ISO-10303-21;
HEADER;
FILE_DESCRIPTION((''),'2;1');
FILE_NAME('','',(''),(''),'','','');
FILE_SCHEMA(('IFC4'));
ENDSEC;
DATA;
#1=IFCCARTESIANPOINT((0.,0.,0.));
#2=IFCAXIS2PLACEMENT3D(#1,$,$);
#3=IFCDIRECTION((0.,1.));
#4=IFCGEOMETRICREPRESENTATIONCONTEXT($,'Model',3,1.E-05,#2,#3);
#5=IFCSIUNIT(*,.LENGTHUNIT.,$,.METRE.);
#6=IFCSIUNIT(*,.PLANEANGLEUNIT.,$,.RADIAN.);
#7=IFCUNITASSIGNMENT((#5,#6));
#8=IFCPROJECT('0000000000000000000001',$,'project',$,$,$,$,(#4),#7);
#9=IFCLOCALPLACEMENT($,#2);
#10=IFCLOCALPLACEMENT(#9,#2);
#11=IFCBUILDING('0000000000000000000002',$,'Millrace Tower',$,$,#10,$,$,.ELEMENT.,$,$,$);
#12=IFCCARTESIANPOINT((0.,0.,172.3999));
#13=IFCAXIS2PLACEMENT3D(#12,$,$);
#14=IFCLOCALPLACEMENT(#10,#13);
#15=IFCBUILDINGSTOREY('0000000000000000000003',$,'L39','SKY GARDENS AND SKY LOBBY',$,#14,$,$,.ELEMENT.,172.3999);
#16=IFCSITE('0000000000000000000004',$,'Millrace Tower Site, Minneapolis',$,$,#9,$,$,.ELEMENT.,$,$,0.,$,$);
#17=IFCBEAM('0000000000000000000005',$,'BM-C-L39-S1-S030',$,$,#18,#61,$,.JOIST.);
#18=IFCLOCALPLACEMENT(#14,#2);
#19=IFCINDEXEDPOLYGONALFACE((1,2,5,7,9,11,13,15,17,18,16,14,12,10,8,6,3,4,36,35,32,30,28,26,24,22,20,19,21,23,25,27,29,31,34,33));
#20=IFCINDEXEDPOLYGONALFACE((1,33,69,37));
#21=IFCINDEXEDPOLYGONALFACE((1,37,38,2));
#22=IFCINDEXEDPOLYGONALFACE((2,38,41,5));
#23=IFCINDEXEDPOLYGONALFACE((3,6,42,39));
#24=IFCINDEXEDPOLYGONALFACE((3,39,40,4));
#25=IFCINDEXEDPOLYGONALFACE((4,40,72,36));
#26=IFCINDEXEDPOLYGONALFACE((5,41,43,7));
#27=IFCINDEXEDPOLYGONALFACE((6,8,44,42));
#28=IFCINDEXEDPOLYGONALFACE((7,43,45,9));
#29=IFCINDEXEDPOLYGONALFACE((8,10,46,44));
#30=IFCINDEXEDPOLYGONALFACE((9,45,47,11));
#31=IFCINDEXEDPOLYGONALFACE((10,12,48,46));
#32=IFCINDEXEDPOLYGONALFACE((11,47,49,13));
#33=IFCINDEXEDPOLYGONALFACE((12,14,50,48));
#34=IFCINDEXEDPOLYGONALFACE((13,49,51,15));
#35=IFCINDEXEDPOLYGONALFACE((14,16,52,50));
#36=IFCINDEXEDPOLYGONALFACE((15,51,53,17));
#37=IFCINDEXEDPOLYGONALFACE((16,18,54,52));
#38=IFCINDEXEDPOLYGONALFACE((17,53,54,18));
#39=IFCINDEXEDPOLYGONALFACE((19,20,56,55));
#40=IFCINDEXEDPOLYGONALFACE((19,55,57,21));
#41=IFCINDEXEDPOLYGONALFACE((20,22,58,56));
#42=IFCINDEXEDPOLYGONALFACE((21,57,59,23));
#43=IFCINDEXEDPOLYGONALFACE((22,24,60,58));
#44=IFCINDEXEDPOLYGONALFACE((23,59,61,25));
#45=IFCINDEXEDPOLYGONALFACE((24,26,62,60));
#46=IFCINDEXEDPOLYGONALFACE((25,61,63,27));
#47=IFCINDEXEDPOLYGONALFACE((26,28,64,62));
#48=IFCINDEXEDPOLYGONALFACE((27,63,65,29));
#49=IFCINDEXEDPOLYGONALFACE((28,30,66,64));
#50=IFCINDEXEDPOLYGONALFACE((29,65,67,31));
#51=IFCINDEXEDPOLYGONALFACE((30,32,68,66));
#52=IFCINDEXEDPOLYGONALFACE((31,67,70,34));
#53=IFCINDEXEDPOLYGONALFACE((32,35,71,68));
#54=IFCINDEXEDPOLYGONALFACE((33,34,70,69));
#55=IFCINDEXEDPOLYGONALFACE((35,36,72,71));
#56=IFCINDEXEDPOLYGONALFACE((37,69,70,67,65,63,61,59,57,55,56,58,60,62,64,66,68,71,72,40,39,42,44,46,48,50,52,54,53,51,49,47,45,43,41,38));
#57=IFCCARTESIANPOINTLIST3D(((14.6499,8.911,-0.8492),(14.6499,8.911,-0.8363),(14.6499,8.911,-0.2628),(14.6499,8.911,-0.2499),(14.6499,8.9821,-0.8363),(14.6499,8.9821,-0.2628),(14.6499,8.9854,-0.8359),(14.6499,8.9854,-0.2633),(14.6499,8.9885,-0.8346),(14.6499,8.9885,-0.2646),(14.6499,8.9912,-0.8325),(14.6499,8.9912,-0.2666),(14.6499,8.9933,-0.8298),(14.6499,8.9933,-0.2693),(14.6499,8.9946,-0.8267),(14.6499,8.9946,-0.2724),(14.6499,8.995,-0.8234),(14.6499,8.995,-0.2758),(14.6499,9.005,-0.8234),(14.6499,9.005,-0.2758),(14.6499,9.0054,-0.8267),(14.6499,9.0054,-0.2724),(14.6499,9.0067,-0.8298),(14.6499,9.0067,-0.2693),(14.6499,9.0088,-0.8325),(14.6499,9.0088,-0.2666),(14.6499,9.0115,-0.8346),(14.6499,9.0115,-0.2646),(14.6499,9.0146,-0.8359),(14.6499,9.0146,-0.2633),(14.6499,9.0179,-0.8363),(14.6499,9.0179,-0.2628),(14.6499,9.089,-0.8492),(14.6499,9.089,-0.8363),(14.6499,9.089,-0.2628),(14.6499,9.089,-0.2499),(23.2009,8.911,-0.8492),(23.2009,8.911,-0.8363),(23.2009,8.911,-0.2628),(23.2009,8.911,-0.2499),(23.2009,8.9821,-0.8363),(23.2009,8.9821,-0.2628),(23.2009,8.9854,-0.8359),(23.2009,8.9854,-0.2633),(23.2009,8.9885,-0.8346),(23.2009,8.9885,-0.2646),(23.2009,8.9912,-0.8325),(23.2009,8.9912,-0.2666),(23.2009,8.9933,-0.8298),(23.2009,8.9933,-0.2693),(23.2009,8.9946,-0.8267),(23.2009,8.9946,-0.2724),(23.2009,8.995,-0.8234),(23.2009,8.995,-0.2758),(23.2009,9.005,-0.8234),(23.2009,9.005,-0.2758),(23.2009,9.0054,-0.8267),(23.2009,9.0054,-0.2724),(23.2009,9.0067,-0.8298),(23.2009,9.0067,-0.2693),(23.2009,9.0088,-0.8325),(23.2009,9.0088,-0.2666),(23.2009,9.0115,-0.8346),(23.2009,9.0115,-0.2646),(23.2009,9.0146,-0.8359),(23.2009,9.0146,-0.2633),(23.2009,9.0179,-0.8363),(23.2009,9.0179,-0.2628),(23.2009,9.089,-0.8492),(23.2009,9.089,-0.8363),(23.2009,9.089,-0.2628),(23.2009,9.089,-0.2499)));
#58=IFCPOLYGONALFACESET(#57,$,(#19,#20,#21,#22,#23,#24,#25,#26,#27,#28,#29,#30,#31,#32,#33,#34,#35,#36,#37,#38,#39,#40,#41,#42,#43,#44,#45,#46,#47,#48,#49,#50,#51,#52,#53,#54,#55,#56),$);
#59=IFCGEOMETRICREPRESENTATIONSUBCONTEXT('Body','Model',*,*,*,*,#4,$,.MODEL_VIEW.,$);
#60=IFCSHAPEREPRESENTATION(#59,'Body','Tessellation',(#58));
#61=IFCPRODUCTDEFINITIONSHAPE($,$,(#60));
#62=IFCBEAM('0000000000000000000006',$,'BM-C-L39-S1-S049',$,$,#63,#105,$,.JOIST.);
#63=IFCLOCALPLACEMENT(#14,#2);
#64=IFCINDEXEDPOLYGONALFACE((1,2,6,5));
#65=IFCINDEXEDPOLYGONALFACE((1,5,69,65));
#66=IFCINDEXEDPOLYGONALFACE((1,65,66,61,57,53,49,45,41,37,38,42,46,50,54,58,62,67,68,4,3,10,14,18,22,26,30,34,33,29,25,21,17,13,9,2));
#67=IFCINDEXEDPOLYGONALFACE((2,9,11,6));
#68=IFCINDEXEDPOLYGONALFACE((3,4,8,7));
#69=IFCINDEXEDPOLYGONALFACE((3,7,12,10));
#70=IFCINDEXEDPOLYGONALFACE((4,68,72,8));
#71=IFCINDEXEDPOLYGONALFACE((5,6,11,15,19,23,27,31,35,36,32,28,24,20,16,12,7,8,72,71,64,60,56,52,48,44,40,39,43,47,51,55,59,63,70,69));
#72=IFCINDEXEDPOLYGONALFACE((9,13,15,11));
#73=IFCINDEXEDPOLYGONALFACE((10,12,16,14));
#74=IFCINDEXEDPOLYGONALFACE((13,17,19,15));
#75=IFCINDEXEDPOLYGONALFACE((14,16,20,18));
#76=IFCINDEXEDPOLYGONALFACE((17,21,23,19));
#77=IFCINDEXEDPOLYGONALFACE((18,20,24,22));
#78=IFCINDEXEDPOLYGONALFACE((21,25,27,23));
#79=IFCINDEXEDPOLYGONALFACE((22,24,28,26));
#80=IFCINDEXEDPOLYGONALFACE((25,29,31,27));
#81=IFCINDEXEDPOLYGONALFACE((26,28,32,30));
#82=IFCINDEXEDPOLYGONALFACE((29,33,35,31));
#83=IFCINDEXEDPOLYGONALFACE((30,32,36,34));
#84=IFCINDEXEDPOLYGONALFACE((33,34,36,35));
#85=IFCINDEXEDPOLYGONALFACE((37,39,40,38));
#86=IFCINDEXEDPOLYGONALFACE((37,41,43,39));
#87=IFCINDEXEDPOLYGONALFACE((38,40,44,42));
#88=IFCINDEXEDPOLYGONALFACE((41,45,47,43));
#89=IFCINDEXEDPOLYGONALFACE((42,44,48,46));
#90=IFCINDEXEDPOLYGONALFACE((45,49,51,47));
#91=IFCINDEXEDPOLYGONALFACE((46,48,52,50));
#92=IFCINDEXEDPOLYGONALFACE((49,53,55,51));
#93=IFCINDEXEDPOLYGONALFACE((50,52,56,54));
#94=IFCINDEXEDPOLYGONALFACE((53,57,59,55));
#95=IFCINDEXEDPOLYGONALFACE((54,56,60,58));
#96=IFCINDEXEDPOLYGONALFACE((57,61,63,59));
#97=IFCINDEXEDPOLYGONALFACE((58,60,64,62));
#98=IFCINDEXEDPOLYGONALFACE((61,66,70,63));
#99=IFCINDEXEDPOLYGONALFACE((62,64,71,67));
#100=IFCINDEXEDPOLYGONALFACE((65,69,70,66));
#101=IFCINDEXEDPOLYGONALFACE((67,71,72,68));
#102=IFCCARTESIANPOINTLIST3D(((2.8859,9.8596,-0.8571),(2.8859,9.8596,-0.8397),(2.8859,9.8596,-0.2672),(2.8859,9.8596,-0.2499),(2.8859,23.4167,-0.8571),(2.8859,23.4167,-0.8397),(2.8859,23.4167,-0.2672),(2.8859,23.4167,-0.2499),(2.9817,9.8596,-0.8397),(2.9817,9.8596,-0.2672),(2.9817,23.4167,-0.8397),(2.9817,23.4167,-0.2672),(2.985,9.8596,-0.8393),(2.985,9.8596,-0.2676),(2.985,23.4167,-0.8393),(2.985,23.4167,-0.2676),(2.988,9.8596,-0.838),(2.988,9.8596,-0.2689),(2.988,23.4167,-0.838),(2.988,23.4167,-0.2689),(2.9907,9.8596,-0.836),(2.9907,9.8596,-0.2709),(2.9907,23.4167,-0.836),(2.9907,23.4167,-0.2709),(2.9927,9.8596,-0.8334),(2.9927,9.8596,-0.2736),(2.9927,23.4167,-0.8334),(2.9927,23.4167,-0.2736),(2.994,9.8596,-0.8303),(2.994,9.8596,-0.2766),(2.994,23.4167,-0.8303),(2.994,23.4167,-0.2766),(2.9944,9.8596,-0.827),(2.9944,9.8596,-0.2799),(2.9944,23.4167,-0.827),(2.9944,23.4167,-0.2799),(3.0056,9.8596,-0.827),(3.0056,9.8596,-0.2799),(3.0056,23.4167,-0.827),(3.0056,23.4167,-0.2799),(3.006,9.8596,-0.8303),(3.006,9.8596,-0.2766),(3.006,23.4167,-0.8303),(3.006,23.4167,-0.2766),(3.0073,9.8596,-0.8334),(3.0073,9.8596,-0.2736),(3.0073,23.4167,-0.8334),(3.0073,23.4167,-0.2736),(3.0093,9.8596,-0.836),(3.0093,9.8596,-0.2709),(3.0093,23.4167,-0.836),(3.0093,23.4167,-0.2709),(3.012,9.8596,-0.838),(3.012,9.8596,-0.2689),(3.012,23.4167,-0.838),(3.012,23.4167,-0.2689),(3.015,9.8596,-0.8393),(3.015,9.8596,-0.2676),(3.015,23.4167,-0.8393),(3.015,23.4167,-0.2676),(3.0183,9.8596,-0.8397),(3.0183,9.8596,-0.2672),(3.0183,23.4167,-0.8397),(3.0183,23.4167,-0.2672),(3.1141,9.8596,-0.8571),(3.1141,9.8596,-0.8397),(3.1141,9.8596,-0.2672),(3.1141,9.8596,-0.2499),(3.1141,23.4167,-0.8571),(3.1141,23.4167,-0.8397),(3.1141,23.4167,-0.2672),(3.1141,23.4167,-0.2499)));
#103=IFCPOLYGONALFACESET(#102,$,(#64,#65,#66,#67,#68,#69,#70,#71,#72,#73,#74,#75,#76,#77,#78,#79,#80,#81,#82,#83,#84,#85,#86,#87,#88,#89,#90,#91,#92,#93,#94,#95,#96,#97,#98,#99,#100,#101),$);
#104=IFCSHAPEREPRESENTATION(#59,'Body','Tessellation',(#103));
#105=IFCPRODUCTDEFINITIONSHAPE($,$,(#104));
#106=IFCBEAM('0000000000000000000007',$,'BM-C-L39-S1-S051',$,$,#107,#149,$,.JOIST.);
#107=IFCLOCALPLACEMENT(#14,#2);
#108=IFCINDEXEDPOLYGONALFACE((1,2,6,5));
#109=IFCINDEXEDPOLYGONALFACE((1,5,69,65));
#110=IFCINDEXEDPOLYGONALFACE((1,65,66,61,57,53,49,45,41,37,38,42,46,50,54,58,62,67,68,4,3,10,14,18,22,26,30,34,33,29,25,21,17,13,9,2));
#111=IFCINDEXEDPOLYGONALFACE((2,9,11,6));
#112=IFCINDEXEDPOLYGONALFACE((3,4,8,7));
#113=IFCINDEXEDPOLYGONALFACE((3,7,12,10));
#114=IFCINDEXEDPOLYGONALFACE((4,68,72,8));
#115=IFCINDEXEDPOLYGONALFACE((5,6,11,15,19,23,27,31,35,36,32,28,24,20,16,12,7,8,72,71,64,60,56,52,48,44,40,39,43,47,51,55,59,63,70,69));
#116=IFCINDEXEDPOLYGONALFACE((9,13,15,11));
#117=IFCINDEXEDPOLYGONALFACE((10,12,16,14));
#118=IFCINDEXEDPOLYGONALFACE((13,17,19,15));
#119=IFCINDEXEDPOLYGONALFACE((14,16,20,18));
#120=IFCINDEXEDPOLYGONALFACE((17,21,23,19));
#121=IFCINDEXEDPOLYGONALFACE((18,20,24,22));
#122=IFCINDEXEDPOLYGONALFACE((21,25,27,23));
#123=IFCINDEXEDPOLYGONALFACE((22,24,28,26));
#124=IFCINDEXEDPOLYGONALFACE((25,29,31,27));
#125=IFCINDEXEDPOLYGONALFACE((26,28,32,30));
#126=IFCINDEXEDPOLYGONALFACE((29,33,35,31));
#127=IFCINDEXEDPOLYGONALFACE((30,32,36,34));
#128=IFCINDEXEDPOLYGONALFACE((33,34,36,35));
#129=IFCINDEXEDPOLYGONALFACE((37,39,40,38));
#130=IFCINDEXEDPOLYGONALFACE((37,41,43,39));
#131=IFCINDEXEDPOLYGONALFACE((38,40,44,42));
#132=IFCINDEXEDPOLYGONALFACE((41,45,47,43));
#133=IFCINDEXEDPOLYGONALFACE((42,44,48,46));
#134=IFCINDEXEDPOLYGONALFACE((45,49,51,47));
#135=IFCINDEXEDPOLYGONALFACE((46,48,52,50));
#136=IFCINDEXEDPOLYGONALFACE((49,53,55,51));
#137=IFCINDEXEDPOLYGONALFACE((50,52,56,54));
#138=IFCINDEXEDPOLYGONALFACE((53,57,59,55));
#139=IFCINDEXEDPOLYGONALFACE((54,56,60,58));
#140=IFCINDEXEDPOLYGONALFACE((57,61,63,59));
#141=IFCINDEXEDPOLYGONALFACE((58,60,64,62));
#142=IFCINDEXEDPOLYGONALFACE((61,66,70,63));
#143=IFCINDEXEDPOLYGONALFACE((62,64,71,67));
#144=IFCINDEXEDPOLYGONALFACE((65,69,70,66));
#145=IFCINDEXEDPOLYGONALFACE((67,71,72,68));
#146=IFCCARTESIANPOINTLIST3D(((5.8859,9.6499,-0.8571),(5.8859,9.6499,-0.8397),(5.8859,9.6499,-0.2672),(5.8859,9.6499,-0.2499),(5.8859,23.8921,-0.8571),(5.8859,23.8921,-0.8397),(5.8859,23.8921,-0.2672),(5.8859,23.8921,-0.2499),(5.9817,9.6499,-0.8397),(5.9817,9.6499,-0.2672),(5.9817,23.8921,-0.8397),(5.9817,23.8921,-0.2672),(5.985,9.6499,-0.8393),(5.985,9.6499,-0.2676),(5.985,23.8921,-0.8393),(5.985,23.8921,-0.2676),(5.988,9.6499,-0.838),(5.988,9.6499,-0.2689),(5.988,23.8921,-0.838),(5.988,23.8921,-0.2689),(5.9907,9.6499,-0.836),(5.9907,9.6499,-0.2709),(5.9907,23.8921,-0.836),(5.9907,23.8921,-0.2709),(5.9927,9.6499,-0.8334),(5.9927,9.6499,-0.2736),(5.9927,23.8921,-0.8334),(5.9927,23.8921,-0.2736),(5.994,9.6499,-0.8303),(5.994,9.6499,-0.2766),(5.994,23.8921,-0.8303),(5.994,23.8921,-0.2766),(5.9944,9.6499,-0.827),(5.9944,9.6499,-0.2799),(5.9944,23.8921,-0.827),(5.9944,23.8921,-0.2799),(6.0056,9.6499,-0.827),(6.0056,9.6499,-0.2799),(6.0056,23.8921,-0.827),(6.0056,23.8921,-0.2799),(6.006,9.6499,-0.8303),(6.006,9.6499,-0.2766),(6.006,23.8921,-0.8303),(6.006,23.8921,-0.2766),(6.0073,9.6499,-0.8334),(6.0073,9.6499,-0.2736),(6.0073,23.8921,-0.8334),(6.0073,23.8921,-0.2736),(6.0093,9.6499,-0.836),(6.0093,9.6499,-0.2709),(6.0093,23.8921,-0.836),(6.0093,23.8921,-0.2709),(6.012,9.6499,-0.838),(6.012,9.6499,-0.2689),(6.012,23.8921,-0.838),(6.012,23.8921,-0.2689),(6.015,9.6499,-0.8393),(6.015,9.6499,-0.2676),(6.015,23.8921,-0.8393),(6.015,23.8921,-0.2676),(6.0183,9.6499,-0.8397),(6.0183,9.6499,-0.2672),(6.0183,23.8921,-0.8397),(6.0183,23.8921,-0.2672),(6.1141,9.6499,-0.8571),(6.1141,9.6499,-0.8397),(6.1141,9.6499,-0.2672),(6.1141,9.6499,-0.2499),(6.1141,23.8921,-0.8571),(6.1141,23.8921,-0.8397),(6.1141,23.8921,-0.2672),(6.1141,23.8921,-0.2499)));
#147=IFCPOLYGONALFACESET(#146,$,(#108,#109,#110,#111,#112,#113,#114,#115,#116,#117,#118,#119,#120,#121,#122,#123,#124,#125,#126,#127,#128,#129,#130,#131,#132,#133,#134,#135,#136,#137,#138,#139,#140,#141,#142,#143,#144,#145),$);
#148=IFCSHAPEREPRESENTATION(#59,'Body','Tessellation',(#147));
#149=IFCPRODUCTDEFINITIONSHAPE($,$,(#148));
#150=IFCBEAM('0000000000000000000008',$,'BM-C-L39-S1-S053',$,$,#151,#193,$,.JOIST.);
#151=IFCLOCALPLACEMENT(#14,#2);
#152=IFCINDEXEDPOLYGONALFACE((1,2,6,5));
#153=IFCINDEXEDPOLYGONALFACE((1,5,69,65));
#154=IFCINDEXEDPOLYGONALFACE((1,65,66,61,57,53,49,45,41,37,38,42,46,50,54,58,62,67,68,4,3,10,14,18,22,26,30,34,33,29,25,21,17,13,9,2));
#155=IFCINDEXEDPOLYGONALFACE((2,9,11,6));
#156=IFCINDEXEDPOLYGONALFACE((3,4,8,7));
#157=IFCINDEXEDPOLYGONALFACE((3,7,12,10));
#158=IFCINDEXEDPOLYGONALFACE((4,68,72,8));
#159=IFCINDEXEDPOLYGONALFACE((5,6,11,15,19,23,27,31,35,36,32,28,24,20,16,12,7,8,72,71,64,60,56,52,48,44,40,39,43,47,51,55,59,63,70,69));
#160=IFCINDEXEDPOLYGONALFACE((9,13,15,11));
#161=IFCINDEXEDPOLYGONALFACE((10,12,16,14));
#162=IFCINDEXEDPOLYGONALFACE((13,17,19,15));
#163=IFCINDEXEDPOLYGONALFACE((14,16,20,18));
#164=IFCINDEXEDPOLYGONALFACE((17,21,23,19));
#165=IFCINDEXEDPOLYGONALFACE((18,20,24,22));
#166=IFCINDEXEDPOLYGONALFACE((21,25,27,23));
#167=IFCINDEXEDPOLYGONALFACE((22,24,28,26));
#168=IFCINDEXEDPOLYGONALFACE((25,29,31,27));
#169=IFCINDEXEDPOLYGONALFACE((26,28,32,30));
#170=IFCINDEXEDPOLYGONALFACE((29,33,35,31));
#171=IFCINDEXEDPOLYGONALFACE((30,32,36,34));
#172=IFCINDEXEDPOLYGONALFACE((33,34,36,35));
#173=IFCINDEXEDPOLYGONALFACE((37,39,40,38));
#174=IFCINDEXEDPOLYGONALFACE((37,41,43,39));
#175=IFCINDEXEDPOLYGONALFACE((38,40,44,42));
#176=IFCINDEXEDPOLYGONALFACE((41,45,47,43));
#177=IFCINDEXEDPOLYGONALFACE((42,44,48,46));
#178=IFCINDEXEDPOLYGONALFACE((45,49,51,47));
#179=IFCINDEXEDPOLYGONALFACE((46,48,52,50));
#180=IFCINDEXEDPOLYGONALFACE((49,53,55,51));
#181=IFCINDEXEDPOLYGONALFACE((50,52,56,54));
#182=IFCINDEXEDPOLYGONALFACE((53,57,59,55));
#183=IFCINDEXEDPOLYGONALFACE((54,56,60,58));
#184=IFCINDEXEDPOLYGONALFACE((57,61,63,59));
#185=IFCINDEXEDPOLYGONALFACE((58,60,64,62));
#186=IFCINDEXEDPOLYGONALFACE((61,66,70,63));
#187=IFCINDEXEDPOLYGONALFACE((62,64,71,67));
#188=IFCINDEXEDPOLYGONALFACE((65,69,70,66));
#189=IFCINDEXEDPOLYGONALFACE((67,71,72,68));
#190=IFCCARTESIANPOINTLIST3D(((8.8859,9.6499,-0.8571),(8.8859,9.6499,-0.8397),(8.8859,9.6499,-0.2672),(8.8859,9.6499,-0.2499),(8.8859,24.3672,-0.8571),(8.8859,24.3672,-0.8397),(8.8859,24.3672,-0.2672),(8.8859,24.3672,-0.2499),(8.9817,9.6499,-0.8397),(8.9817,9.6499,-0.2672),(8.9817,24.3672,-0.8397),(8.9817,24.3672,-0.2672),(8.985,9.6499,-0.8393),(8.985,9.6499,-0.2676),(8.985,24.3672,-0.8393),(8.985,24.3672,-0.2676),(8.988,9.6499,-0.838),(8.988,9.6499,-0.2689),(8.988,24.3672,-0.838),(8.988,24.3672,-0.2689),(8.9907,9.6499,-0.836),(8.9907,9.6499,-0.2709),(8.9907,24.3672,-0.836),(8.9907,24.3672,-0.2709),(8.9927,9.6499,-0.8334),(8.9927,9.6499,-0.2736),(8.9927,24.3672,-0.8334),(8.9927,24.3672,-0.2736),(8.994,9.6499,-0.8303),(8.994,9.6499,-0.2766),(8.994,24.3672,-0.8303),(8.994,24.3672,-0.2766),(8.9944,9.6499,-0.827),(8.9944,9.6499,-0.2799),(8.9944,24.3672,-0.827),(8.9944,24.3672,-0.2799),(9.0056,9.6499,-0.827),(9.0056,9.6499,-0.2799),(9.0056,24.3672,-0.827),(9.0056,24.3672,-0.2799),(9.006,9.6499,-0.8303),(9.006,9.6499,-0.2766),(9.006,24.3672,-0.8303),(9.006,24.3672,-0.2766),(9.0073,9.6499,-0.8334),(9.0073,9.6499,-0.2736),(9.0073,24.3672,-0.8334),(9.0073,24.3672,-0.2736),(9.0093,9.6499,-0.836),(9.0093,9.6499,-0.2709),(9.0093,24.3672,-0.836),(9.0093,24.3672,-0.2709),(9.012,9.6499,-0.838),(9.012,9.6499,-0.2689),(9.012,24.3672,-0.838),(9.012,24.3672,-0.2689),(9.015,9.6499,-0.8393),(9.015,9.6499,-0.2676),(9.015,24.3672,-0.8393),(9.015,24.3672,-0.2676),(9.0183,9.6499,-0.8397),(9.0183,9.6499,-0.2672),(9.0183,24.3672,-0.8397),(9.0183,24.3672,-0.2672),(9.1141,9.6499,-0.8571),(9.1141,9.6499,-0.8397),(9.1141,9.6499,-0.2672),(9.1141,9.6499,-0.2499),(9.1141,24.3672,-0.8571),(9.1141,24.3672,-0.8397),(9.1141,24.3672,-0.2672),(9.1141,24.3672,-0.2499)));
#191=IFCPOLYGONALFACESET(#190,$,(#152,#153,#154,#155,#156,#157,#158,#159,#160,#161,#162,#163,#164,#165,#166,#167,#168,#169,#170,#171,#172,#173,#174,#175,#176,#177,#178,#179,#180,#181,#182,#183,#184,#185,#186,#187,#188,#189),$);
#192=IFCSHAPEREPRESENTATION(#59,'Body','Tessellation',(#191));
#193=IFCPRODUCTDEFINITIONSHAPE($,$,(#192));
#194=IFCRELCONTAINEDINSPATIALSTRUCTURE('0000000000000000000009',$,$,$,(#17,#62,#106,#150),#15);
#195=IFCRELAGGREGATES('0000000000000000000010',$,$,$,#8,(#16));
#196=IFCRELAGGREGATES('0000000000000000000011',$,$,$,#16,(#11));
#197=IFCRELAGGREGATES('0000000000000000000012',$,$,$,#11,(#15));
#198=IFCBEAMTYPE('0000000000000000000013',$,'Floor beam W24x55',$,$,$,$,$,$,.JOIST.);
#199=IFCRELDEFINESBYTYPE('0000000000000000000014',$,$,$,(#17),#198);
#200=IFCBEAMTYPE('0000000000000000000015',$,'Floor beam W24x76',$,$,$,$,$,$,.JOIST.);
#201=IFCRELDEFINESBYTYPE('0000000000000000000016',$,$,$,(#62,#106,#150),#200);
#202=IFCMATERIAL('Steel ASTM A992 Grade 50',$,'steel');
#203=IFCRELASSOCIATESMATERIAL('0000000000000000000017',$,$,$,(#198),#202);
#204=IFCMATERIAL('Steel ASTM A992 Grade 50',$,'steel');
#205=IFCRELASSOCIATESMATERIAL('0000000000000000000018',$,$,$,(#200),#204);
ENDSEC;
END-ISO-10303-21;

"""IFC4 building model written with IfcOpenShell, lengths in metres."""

from ifc_helpers import new_model, si_unit, direction, frame, origin, origin_2d, place, context, subcontext, project, spatial, i_section, extrude, material, material_profile, profile_set, type_object, element, save


model = new_model("IFC4")

# Units and contexts
model_context = context("Model", 3, precision=1e-05, world=origin(), true_north=direction((0.0, 1.0)))
body_context = subcontext(model_context, "Body", "Model", "MODEL_VIEW")
ifc_project = project(units=[si_unit("LENGTHUNIT", "METRE"), si_unit("PLANEANGLEUNIT", "RADIAN")], contexts=[model_context])

# Site, building, storey
site_placement = place(None, origin())
site = spatial("IfcSite", under=ifc_project, at=site_placement, Name="Millrace Tower Site, Minneapolis", CompositionType="ELEMENT", RefElevation=0.0)
building_placement = place(site_placement, origin())
building = spatial("IfcBuilding", under=site, at=building_placement, Name="Millrace Tower", CompositionType="ELEMENT")
storey_placement = place(building_placement, frame((0.0, 0.0, 172.3999)))
storey = spatial("IfcBuildingStorey", under=building, at=storey_placement, Name="L39", Description="SKY GARDENS AND SKY LOBBY", CompositionType="ELEMENT", Elevation=172.3999)

# Beams
ifc_material_1 = material(Name="Steel ASTM A992 Grade 50", Category="steel")
ifc_material_profile_1 = material_profile(ifc_material_1, i_section(OverallWidth=0.178, OverallDepth=0.5994, WebThickness=0.01, FlangeThickness=0.0129, FilletRadius=0.0129, at=origin_2d()))
ifc_profile_set_1 = profile_set([ifc_material_profile_1], Name="Steel ASTM A992 Grade 50")
beam_type_1 = type_object("IfcBeamType", Name="Floor beam W24x55", PredefinedType="JOIST", material=ifc_profile_set_1)
beam_1_placement = place(storey_placement, frame((14.6499, 9.0, -0.5496), z_axis=(1.0, 0.0, 0.0), x_axis=(0.0, 1.0, 0.0)))
element("IfcBeam", 1, at=beam_1_placement, inside=storey, type_object=beam_type_1, Name="BM-C-L39-S1-S030", PredefinedType="JOIST", context=body_context, shape_type="SweptSolid", body=[
    extrude(i_section(OverallWidth=0.178, OverallDepth=0.5994, WebThickness=0.01, FlangeThickness=0.0129, FilletRadius=0.0129, at=origin_2d()), origin(), (0.0, 0.0, 1.0), 8.551),
])
ifc_material_2 = material(Name="Steel ASTM A992 Grade 50", Category="steel")
ifc_material_profile_2 = material_profile(ifc_material_2, i_section(OverallWidth=0.2283, OverallDepth=0.6072, WebThickness=0.0112, FlangeThickness=0.0173, FilletRadius=0.0127, at=origin_2d()))
ifc_profile_set_2 = profile_set([ifc_material_profile_2], Name="Steel ASTM A992 Grade 50")
beam_type_2 = type_object("IfcBeamType", Name="Floor beam W24x76", PredefinedType="JOIST", material=ifc_profile_set_2)
beam_2_placement = place(storey_placement, frame((3.0, 9.8596, -0.5535), z_axis=(0.0, 1.0, 0.0), x_axis=(-1.0, 0.0, 0.0)))
element("IfcBeam", 2, at=beam_2_placement, inside=storey, type_object=beam_type_2, Name="BM-C-L39-S1-S049", PredefinedType="JOIST", context=body_context, shape_type="SweptSolid", body=[
    extrude(i_section(OverallWidth=0.2283, OverallDepth=0.6072, WebThickness=0.0112, FlangeThickness=0.0173, FilletRadius=0.0127, at=origin_2d()), origin(), (0.0, 0.0, 1.0), 13.5571),
])
beam_3_placement = place(storey_placement, frame((6.0, 9.6499, -0.5535), z_axis=(0.0, 1.0, 0.0), x_axis=(-1.0, 0.0, 0.0)))
element("IfcBeam", 3, at=beam_3_placement, inside=storey, type_object=beam_type_2, Name="BM-C-L39-S1-S051", PredefinedType="JOIST", context=body_context, shape_type="SweptSolid", body=[
    extrude(i_section(OverallWidth=0.2283, OverallDepth=0.6072, WebThickness=0.0112, FlangeThickness=0.0173, FilletRadius=0.0127, at=origin_2d()), origin(), (0.0, 0.0, 1.0), 14.2422),
])
beam_4_placement = place(storey_placement, frame((9.0, 9.6499, -0.5535), z_axis=(0.0, 1.0, 0.0), x_axis=(-1.0, 0.0, 0.0)))
element("IfcBeam", 4, at=beam_4_placement, inside=storey, type_object=beam_type_2, Name="BM-C-L39-S1-S053", PredefinedType="JOIST", context=body_context, shape_type="SweptSolid", body=[
    extrude(i_section(OverallWidth=0.2283, OverallDepth=0.6072, WebThickness=0.0112, FlangeThickness=0.0173, FilletRadius=0.0127, at=origin_2d()), origin(), (0.0, 0.0, 1.0), 14.7173),
])

save(model, "model.ifc")
